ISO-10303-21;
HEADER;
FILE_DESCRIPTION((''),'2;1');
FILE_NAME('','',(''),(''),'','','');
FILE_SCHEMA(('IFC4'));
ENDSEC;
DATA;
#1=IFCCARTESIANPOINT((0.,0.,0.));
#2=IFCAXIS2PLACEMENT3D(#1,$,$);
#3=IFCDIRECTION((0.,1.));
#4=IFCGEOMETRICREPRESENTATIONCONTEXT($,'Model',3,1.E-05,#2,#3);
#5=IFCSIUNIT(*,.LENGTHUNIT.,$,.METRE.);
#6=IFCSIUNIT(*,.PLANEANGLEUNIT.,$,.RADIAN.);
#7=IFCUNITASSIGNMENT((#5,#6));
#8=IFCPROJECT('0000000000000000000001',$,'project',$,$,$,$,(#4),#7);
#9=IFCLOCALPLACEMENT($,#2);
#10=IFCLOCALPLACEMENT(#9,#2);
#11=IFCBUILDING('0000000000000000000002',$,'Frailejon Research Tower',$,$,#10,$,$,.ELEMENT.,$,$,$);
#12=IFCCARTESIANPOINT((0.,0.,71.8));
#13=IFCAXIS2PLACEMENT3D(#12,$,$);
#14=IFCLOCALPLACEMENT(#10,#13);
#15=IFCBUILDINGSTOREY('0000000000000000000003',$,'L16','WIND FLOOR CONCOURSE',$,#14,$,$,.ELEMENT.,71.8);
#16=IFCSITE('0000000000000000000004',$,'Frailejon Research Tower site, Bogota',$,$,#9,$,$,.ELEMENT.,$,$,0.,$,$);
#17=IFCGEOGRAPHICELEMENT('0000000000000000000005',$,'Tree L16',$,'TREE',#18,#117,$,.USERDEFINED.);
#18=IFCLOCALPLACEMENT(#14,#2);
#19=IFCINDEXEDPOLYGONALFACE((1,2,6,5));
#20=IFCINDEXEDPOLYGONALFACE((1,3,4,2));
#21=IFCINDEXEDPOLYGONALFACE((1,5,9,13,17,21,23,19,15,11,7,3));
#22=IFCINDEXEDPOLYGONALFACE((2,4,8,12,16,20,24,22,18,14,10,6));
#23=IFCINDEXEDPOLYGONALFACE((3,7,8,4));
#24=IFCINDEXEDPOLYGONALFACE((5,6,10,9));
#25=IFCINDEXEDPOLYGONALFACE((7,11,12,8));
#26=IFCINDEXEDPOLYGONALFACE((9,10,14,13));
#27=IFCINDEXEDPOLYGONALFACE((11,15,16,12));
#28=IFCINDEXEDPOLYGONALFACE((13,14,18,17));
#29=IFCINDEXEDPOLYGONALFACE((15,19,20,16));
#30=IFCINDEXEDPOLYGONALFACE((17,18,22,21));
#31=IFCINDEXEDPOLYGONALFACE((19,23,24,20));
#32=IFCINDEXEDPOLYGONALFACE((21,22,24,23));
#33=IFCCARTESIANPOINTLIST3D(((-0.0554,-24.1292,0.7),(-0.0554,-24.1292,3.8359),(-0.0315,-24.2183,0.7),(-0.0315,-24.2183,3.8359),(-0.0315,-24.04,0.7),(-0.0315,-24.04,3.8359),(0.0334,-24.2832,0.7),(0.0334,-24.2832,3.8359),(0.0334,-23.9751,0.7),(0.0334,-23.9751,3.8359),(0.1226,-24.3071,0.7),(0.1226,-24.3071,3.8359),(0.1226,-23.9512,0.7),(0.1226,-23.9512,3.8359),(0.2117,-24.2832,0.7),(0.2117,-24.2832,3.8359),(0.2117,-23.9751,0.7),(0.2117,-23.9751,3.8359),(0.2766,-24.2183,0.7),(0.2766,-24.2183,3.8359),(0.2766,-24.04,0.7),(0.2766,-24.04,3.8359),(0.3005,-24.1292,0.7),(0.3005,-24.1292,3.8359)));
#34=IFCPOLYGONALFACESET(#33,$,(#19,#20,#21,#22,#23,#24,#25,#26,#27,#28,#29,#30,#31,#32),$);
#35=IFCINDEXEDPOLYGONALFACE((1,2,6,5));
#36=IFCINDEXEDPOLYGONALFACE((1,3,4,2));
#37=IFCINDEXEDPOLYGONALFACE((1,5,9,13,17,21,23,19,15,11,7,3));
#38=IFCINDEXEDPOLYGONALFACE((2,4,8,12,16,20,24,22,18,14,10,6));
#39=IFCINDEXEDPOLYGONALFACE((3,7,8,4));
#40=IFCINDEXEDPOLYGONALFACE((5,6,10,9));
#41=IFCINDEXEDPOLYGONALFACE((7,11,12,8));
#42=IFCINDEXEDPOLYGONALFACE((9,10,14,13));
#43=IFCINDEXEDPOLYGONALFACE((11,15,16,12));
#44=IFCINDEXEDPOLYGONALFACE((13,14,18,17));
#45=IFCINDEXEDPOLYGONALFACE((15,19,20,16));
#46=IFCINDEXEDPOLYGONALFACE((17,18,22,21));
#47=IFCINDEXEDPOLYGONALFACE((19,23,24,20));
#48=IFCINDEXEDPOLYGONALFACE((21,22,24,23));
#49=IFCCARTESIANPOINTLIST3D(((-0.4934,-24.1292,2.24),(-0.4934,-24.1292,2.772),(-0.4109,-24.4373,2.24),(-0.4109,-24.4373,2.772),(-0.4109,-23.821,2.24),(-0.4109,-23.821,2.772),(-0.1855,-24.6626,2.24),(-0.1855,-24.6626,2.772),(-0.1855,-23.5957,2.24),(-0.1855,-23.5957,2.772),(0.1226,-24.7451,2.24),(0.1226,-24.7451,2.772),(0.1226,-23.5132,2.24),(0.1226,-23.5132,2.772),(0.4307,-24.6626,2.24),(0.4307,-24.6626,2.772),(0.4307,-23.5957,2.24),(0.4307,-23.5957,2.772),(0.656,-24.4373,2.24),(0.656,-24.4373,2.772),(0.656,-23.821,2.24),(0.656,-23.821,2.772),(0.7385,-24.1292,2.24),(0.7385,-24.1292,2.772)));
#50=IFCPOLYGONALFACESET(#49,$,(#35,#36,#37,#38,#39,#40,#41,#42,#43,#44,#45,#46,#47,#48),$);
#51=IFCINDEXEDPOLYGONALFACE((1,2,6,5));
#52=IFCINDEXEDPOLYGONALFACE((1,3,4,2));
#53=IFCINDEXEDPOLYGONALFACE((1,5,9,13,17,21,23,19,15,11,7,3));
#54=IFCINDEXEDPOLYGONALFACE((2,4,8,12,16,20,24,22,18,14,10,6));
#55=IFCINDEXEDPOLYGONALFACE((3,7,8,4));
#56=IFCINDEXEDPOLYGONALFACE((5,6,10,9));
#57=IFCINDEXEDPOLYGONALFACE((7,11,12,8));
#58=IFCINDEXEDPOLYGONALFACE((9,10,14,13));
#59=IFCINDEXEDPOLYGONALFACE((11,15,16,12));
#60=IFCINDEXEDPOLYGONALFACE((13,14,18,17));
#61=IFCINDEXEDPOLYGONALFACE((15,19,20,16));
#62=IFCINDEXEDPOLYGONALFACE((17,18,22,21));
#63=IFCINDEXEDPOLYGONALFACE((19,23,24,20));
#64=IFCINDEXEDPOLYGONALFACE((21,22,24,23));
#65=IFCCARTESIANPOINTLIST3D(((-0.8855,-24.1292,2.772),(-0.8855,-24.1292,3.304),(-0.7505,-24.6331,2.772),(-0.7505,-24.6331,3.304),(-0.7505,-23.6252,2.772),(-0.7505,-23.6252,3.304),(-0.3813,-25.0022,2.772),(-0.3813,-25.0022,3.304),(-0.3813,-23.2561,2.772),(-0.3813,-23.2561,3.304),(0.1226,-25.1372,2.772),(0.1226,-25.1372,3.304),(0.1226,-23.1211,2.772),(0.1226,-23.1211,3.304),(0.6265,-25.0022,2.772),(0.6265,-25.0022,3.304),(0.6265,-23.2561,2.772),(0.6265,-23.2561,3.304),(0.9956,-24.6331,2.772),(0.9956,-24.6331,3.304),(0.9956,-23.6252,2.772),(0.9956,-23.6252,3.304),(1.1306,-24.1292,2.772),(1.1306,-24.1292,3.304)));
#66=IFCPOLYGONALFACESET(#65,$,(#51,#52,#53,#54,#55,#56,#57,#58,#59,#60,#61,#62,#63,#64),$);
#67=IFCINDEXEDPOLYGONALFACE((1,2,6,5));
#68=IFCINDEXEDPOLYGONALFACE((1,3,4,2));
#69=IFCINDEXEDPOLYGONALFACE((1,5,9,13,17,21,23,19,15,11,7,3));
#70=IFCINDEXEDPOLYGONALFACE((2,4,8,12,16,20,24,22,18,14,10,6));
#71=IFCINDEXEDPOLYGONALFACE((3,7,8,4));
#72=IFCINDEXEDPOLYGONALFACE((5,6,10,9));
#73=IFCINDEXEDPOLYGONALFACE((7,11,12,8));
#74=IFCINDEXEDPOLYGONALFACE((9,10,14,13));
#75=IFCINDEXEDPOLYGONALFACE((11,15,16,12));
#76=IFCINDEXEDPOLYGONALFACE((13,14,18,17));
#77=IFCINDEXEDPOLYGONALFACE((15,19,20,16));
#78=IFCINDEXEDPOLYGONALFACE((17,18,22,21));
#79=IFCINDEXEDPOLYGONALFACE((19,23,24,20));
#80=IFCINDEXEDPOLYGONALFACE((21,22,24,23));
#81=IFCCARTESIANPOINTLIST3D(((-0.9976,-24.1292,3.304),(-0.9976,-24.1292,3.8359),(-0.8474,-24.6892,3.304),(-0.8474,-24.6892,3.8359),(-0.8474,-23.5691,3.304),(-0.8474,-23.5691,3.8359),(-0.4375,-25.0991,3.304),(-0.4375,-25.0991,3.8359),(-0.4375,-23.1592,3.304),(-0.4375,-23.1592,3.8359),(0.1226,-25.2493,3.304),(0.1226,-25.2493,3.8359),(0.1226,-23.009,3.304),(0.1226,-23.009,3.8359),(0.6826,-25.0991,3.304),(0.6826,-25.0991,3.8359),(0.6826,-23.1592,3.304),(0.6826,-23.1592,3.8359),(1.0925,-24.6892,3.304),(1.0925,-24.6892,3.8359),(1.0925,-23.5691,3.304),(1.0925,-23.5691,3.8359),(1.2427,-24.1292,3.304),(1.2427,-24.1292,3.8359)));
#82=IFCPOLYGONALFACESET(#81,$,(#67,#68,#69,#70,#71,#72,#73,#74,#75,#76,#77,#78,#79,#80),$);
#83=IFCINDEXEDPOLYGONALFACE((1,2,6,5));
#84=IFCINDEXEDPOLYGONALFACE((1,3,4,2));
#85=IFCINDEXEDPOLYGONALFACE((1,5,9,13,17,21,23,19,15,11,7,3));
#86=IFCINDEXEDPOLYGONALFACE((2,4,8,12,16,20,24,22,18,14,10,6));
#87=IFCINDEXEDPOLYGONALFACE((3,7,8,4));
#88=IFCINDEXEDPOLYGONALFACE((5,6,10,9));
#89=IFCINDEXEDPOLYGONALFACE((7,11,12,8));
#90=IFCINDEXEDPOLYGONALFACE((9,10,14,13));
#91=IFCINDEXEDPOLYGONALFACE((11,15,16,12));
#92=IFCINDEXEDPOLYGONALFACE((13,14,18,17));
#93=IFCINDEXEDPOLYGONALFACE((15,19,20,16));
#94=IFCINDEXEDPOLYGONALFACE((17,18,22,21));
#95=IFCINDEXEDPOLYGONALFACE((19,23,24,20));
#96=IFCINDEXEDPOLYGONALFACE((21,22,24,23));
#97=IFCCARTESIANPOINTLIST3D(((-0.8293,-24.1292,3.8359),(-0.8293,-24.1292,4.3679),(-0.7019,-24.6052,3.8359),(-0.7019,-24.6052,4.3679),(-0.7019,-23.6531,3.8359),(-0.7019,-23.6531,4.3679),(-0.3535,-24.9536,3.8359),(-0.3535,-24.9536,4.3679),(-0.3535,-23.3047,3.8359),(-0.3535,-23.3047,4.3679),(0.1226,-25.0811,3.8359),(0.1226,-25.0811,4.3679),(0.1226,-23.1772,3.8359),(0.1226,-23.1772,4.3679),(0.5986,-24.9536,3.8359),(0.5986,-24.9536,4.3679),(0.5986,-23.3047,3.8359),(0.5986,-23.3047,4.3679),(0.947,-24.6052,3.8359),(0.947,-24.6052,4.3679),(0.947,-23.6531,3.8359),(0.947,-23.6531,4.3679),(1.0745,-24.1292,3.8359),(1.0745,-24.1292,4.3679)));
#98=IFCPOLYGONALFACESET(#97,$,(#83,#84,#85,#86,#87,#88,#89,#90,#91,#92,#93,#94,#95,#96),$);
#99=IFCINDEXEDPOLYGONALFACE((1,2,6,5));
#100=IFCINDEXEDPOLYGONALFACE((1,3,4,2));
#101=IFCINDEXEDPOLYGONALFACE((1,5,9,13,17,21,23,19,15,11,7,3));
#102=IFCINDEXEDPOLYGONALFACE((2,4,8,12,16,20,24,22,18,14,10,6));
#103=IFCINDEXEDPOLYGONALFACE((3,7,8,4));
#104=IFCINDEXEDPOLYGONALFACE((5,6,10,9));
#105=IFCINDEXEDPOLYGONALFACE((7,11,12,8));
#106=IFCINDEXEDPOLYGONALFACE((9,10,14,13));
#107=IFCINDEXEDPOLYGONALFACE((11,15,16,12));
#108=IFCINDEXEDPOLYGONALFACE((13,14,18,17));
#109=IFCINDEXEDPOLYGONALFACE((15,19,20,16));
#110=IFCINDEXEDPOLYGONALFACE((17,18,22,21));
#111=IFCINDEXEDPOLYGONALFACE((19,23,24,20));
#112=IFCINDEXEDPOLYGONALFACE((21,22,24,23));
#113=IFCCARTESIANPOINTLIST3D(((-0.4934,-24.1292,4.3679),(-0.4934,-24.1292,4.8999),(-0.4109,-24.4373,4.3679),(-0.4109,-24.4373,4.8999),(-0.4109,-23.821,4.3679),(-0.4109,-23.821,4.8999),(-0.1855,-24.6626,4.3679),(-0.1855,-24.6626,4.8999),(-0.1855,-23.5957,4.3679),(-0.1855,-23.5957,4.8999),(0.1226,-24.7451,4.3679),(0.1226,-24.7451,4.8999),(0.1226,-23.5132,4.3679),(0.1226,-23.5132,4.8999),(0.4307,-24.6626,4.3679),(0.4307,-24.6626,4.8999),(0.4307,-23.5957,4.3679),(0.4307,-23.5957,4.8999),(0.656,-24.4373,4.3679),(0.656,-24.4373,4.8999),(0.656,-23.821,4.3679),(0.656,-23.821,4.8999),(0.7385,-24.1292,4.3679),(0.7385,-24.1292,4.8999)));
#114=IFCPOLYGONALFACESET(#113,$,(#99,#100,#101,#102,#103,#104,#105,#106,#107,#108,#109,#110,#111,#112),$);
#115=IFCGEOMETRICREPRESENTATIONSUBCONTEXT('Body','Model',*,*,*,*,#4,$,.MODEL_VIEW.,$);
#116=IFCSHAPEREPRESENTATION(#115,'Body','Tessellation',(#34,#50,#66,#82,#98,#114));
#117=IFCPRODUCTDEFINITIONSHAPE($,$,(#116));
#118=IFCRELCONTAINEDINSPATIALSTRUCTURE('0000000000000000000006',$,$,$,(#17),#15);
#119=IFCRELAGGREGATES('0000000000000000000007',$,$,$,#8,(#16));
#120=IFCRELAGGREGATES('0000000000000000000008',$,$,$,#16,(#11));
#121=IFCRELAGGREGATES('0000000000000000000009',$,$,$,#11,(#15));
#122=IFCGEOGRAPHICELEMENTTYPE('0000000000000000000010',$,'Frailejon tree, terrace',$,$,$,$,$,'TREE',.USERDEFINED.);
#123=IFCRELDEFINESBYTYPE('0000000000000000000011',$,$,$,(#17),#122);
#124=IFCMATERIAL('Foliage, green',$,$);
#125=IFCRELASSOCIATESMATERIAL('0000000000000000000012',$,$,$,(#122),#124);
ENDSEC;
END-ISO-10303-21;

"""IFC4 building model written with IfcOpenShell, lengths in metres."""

from ifc_helpers import new_model, si_unit, direction, frame, origin, place, context, subcontext, project, spatial, polyline, outline, extrude, material, type_object, element, save


model = new_model("IFC4")

# Units and contexts
model_context = context("Model", 3, precision=1e-05, world=origin(), true_north=direction((0.0, 1.0)))
body_context = subcontext(model_context, "Body", "Model", "MODEL_VIEW")
ifc_project = project(units=[si_unit("LENGTHUNIT", "METRE"), si_unit("PLANEANGLEUNIT", "RADIAN")], contexts=[model_context])

# Site, building, storey
site_placement = place(None, origin())
site = spatial("IfcSite", under=ifc_project, at=site_placement, Name="Frailejon Research Tower site, Bogota", CompositionType="ELEMENT", RefElevation=0.0)
building_placement = place(site_placement, origin())
building = spatial("IfcBuilding", under=site, at=building_placement, Name="Frailejon Research Tower", CompositionType="ELEMENT")
storey_placement = place(building_placement, frame((0.0, 0.0, 71.8)))
storey = spatial("IfcBuildingStorey", under=building, at=storey_placement, Name="L16", Description="WIND FLOOR CONCOURSE", CompositionType="ELEMENT", Elevation=71.8)

# Geographic element
ifc_material_1 = material(Name="Foliage, green")
geographic_element_type = type_object("IfcGeographicElementType", Name="Frailejon tree, terrace", ElementType="TREE", PredefinedType="USERDEFINED", material=ifc_material_1)
geographic_element_placement = place(storey_placement, frame((0.1226, -24.1292, 0.7)))
element("IfcGeographicElement", 1, at=geographic_element_placement, inside=storey, type_object=geographic_element_type, Name="Tree L16", ObjectType="TREE", PredefinedType="USERDEFINED", context=body_context, shape_type="SweptSolid", body=[
    extrude(outline(polyline([(0.178, 0.0), (0.1541, 0.0891), (0.0891, 0.1541), (0.0, 0.178), (-0.0891, 0.1541), (-0.1541, 0.0891), (-0.178, 0.0), (-0.1541, -0.0891), (-0.0891, -0.1541), (0.0, -0.178), (0.0891, -0.1541), (0.1541, -0.0891), (0.178, 0.0)])), origin(), (0.0, 0.0, 1.0), 3.136),
    extrude(outline(polyline([(0.616, 0.0), (0.5334, 0.3081), (0.3081, 0.5334), (0.0, 0.616), (-0.3081, 0.5334), (-0.5334, 0.3081), (-0.616, 0.0), (-0.5334, -0.3081), (-0.3081, -0.5334), (0.0, -0.616), (0.3081, -0.5334), (0.5334, -0.3081), (0.616, 0.0)])), frame((0.0, 0.0, 1.54)), (0.0, 0.0, 1.0), 0.532),
    extrude(outline(polyline([(1.0081, 0.0), (0.873, 0.5039), (0.5039, 0.873), (0.0, 1.0081), (-0.5039, 0.873), (-0.873, 0.5039), (-1.0081, 0.0), (-0.873, -0.5039), (-0.5039, -0.873), (0.0, -1.0081), (0.5039, -0.873), (0.873, -0.5039), (1.0081, 0.0)])), frame((0.0, 0.0, 2.072)), (0.0, 0.0, 1.0), 0.532),
    extrude(outline(polyline([(1.1201, 0.0), (0.97, 0.5601), (0.5601, 0.97), (0.0, 1.1201), (-0.5601, 0.97), (-0.97, 0.5601), (-1.1201, 0.0), (-0.97, -0.5601), (-0.5601, -0.97), (0.0, -1.1201), (0.5601, -0.97), (0.97, -0.5601), (1.1201, 0.0)])), frame((0.0, 0.0, 2.604)), (0.0, 0.0, 1.0), 0.532),
    extrude(outline(polyline([(0.9519, 0.0), (0.8245, 0.4761), (0.4761, 0.8245), (0.0, 0.9519), (-0.4761, 0.8245), (-0.8245, 0.4761), (-0.9519, 0.0), (-0.8245, -0.4761), (-0.4761, -0.8245), (0.0, -0.9519), (0.4761, -0.8245), (0.8245, -0.4761), (0.9519, 0.0)])), frame((0.0, 0.0, 3.136)), (0.0, 0.0, 1.0), 0.532),
    extrude(outline(polyline([(0.616, 0.0), (0.5334, 0.3081), (0.3081, 0.5334), (0.0, 0.616), (-0.3081, 0.5334), (-0.5334, 0.3081), (-0.616, 0.0), (-0.5334, -0.3081), (-0.3081, -0.5334), (0.0, -0.616), (0.3081, -0.5334), (0.5334, -0.3081), (0.616, 0.0)])), frame((0.0, 0.0, 3.668)), (0.0, 0.0, 1.0), 0.532),
])

save(model, "model.ifc")
